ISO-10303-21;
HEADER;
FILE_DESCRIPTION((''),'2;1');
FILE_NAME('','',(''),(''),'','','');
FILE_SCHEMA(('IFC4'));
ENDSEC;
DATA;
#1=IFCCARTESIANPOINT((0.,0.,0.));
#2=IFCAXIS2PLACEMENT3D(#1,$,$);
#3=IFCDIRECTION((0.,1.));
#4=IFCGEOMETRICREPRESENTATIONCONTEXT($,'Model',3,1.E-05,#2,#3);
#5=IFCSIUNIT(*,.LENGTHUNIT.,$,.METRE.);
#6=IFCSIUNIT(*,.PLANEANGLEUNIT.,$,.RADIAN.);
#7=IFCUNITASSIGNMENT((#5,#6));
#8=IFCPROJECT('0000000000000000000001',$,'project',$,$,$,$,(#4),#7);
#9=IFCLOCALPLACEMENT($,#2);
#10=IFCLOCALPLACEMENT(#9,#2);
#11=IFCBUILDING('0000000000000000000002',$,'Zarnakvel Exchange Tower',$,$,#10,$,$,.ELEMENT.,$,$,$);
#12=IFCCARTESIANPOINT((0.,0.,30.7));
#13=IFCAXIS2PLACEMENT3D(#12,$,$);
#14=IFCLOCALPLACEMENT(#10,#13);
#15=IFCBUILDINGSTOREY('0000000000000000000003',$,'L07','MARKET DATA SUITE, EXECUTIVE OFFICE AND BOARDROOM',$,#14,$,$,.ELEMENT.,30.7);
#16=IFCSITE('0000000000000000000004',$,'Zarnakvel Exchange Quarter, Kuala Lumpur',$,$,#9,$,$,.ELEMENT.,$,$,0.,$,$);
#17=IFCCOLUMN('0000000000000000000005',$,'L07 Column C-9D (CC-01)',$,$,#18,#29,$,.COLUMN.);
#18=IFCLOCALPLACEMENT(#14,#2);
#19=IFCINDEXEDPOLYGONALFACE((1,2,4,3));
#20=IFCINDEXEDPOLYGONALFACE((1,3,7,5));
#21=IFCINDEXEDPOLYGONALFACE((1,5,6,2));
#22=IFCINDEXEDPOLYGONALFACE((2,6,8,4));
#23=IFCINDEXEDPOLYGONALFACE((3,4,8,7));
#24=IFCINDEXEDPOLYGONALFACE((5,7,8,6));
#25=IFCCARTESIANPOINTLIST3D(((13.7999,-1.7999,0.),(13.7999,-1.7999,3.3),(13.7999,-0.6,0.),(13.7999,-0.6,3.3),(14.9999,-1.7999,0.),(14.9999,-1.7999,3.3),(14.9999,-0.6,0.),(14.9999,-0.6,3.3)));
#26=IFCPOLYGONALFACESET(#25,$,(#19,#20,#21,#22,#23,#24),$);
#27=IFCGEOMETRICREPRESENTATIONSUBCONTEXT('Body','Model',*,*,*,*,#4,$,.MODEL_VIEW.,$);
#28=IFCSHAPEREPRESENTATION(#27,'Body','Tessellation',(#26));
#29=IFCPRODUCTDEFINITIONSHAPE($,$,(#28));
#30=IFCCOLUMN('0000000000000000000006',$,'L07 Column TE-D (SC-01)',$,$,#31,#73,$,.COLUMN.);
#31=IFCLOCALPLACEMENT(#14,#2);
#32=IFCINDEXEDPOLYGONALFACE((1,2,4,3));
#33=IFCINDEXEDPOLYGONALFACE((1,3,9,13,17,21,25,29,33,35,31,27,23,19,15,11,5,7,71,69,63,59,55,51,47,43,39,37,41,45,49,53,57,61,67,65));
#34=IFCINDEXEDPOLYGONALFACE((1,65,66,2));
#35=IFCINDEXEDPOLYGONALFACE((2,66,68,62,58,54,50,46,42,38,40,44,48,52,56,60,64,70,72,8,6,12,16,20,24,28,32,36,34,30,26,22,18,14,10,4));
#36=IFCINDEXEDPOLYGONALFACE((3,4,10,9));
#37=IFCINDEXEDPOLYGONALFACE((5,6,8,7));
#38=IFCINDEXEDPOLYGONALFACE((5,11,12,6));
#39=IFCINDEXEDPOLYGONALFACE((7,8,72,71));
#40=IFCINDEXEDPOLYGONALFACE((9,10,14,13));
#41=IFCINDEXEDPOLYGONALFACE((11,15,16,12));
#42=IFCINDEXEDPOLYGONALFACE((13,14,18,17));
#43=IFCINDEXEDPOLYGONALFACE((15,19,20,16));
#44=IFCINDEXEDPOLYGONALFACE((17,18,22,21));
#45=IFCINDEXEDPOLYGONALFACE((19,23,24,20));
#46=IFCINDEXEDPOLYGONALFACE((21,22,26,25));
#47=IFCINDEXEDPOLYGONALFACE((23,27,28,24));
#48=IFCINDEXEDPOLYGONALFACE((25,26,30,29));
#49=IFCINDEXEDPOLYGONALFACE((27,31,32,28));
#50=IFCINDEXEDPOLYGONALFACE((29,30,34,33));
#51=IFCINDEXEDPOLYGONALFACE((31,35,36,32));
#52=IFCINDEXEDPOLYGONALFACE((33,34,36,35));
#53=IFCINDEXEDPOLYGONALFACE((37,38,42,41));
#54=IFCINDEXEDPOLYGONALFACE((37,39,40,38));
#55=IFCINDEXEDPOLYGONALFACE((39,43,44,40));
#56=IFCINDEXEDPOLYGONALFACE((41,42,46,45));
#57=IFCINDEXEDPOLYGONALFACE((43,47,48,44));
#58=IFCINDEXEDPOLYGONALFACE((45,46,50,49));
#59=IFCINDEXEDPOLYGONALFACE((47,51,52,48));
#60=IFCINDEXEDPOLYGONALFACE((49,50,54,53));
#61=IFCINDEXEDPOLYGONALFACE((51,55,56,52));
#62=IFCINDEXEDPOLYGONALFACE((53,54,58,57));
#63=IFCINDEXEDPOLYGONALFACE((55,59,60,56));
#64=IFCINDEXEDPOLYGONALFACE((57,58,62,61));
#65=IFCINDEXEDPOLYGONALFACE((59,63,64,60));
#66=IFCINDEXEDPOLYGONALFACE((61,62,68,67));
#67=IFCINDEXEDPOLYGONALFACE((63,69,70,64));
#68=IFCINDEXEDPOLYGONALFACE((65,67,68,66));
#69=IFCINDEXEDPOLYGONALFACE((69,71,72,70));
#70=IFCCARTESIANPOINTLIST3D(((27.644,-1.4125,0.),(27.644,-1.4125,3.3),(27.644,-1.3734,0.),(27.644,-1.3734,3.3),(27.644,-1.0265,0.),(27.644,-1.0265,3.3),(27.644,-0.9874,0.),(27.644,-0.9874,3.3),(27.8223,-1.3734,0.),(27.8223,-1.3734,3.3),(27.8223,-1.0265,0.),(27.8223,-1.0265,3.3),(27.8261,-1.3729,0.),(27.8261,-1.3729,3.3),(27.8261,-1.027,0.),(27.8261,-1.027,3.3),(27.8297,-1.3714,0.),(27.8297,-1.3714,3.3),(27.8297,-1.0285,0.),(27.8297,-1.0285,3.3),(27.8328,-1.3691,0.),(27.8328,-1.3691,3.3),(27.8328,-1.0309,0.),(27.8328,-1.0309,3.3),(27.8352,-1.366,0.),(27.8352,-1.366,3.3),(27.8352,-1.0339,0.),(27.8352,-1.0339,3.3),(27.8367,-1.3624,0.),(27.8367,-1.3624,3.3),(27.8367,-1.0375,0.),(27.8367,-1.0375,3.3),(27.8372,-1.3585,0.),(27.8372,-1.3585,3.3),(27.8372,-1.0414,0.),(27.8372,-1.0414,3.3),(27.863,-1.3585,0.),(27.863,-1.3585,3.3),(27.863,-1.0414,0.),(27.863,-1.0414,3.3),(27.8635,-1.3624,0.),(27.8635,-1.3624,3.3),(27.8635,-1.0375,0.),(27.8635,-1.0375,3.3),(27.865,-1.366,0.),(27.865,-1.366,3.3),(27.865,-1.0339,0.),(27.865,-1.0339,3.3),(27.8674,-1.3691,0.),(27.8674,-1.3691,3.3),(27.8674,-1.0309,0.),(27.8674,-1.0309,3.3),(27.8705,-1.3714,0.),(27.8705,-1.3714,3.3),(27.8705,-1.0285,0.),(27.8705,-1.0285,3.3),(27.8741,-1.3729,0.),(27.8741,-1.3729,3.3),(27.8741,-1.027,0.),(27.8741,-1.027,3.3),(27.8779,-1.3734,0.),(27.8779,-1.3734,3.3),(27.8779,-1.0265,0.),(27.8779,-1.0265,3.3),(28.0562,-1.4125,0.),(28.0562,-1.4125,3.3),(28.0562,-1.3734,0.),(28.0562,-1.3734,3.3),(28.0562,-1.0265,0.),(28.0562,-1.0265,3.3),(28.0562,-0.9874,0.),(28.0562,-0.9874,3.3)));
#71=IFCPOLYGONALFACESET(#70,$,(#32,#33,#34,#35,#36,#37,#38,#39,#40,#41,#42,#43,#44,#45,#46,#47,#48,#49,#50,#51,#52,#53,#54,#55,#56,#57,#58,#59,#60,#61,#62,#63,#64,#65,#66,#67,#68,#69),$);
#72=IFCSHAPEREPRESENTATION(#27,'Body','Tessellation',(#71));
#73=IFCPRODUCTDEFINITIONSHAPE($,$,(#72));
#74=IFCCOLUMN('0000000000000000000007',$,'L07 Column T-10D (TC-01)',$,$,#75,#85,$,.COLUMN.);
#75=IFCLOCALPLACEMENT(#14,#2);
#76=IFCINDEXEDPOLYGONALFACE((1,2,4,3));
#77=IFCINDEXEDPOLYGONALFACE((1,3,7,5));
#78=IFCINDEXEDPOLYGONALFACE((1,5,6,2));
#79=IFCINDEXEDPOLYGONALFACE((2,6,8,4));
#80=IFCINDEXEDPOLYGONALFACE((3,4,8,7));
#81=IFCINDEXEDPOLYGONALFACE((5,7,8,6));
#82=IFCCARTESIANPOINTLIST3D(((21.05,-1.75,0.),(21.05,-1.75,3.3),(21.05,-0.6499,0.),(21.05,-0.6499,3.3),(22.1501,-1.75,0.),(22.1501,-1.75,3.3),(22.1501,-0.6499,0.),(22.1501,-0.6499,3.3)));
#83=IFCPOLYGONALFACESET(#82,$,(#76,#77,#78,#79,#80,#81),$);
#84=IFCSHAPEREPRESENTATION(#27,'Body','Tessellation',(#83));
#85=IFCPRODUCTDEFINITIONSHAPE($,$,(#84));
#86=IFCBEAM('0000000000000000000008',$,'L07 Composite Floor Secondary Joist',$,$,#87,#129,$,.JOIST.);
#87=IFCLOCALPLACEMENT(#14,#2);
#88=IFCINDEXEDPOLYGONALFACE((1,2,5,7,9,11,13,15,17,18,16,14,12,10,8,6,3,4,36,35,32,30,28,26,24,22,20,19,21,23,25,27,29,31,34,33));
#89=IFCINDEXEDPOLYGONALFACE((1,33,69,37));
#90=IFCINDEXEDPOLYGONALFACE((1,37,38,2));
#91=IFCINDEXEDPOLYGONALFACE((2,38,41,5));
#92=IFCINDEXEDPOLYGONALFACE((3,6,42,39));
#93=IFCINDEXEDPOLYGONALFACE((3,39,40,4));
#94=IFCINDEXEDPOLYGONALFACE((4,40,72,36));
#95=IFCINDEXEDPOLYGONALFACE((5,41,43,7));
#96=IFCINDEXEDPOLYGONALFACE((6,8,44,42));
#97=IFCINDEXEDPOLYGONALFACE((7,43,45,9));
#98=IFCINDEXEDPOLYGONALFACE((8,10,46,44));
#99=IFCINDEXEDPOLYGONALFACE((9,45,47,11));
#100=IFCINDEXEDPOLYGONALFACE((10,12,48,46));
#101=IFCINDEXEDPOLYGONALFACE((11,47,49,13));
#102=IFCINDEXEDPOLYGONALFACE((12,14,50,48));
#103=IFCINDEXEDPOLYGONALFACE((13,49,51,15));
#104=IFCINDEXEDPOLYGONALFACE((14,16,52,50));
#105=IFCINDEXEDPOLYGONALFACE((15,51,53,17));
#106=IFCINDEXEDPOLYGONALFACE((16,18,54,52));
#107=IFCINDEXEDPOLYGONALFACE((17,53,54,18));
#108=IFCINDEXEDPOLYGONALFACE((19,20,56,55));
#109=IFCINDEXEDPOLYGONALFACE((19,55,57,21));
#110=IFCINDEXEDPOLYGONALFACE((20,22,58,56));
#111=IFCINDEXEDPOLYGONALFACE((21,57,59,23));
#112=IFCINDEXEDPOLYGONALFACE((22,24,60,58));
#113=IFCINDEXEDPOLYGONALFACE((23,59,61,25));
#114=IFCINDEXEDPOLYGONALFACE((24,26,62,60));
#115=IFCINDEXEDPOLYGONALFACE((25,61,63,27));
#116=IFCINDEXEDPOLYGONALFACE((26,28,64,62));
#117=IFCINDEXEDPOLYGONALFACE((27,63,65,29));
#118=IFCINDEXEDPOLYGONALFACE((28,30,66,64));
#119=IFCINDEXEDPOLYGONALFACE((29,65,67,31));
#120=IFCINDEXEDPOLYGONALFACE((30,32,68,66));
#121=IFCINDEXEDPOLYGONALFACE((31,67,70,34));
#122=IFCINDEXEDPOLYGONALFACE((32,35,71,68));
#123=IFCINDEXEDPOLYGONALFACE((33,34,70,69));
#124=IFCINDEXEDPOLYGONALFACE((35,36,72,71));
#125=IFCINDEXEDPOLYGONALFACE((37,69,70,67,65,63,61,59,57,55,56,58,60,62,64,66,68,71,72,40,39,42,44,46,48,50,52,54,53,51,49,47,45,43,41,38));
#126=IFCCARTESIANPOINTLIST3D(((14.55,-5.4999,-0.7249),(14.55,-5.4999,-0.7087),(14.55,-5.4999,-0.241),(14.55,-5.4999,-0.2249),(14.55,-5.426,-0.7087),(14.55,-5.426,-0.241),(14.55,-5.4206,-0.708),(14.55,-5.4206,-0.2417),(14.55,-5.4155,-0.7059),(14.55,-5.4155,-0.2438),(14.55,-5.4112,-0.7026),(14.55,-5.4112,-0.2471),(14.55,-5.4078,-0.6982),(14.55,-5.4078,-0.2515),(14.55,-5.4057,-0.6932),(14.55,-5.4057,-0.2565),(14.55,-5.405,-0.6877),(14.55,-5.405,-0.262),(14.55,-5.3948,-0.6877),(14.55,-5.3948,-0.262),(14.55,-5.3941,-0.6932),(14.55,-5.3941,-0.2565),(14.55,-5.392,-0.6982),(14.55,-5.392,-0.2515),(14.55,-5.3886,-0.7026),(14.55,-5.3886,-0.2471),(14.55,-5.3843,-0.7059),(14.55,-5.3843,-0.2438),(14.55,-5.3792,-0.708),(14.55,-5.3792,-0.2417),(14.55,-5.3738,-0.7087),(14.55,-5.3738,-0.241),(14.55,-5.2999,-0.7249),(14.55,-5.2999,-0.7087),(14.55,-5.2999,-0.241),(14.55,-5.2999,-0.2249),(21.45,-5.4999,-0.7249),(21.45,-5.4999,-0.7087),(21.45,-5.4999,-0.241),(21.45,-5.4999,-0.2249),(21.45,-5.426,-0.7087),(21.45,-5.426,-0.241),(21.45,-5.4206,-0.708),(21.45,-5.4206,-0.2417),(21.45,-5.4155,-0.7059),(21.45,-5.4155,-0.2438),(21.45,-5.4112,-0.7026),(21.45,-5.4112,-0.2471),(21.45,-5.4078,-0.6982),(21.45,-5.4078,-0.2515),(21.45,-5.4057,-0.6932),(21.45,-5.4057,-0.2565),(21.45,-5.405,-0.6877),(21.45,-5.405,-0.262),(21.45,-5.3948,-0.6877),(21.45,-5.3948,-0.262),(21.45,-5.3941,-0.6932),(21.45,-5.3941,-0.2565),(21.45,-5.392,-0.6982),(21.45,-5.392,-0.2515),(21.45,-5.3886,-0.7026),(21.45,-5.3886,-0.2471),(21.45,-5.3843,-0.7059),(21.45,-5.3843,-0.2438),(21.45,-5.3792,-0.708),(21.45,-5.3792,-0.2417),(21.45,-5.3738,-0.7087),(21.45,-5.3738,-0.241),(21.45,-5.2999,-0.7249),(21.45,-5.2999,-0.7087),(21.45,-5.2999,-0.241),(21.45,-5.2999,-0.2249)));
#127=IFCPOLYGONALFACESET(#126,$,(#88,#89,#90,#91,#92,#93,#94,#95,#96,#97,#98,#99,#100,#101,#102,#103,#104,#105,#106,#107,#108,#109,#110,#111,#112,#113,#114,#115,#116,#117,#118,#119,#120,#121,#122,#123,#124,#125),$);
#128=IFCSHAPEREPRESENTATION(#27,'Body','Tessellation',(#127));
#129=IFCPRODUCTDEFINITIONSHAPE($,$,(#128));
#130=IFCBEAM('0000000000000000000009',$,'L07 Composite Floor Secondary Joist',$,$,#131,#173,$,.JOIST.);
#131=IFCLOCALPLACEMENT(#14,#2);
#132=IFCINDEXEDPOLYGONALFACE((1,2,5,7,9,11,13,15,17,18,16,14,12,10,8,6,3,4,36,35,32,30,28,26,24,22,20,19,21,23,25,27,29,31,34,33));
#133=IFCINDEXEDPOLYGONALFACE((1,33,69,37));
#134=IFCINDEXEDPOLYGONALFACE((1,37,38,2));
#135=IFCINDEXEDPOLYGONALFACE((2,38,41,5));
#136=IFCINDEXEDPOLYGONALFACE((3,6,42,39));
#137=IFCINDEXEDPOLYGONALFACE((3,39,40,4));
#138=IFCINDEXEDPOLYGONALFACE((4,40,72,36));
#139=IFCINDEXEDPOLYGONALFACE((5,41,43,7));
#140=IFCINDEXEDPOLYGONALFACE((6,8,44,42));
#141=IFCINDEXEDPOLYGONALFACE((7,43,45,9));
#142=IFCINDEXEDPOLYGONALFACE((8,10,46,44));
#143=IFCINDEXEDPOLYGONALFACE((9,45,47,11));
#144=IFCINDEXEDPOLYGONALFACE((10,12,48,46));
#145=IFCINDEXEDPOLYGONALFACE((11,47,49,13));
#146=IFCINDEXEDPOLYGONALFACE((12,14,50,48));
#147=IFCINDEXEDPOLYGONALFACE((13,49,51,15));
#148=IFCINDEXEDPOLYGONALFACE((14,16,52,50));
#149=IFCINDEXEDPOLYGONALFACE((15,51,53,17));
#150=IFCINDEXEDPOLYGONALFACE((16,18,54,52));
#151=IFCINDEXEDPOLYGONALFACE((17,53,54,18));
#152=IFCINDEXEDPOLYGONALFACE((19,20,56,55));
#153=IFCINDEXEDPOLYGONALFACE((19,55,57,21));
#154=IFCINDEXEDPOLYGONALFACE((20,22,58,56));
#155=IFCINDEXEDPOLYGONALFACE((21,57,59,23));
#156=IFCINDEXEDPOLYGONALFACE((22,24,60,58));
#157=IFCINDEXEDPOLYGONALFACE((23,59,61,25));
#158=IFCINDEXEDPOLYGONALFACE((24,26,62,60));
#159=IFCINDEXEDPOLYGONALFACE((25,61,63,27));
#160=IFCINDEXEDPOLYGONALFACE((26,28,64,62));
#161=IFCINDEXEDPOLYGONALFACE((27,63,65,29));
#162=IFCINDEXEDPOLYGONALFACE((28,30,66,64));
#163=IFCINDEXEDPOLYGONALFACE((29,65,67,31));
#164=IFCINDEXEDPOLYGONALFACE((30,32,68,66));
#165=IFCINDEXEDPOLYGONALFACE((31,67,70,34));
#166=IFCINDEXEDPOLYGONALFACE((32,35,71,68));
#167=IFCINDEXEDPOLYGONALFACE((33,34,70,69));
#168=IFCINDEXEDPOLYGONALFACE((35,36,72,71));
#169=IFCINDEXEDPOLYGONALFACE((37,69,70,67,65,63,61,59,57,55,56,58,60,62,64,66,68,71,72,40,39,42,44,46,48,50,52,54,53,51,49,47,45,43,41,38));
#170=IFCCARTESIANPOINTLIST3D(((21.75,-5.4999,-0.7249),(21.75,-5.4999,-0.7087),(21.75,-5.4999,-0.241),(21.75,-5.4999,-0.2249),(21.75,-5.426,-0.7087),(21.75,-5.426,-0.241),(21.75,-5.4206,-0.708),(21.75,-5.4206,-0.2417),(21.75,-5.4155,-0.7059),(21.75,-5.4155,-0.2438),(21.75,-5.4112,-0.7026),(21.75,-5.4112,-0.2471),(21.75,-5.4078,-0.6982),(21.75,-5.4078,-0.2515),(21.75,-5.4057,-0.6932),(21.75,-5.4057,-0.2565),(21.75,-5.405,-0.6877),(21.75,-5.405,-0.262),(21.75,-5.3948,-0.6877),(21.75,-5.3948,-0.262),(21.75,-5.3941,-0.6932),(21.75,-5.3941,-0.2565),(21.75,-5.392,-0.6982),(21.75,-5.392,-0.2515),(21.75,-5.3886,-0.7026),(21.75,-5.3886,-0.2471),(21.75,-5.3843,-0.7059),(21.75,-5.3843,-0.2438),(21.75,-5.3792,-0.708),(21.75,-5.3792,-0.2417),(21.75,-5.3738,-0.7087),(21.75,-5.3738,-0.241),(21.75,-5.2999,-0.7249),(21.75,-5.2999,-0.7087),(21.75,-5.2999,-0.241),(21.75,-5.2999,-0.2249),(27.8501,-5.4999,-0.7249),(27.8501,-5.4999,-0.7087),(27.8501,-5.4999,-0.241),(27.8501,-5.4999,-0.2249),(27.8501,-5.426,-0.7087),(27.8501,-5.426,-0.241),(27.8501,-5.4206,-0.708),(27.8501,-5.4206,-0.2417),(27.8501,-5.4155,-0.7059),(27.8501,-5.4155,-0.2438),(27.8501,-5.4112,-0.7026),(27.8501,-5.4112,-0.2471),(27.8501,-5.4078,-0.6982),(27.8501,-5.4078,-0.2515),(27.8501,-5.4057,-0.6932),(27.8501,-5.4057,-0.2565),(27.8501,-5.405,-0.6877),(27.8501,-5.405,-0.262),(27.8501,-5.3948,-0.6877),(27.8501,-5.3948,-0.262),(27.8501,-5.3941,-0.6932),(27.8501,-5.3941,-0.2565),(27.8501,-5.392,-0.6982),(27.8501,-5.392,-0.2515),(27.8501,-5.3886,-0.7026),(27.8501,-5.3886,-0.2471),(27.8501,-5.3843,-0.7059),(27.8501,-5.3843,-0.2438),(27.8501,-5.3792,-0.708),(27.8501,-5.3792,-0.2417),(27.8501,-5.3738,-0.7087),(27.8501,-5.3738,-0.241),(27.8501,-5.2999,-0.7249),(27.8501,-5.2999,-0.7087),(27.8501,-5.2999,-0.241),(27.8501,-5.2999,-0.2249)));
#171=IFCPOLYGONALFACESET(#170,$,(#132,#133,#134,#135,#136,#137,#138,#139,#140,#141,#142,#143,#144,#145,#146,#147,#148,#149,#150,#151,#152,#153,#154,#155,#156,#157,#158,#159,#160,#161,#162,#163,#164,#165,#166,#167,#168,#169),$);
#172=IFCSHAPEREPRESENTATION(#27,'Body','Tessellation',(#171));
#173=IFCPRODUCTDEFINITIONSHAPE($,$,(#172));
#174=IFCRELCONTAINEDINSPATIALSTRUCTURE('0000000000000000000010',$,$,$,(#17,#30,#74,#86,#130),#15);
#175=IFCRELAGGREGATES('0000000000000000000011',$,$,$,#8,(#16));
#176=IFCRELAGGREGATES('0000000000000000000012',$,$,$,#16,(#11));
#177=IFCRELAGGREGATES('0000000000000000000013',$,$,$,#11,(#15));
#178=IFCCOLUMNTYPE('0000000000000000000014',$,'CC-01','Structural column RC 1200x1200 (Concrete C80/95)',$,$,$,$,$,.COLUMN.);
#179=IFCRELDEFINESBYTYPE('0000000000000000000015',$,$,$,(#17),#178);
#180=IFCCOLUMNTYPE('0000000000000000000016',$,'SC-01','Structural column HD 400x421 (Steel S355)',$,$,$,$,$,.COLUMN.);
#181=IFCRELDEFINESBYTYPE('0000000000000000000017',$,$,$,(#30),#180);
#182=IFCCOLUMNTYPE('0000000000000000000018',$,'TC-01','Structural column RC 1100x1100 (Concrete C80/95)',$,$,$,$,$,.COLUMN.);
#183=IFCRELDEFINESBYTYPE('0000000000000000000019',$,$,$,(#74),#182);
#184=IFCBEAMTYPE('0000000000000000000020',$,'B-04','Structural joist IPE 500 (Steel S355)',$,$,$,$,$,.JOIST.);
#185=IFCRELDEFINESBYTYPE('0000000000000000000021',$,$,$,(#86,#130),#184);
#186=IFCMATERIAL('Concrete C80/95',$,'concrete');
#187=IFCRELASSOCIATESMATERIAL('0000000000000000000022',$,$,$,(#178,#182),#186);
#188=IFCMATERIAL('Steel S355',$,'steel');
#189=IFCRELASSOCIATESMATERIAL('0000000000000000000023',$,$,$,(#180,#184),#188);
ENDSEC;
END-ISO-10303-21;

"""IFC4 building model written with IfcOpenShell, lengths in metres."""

from ifc_helpers import new_model, si_unit, direction, frame, origin, origin_2d, place, context, subcontext, project, spatial, rectangle, i_section, extrude, material, material_profile, profile_set, type_object, element, save


model = new_model("IFC4")

# Units and contexts
model_context = context("Model", 3, precision=1e-05, world=origin(), true_north=direction((0.0, 1.0)))
body_context = subcontext(model_context, "Body", "Model", "MODEL_VIEW")
ifc_project = project(units=[si_unit("LENGTHUNIT", "METRE"), si_unit("PLANEANGLEUNIT", "RADIAN")], contexts=[model_context])

# Site, building, storey
site_placement = place(None, origin())
site = spatial("IfcSite", under=ifc_project, at=site_placement, Name="Zarnakvel Exchange Quarter, Kuala Lumpur", CompositionType="ELEMENT", RefElevation=0.0)
building_placement = place(site_placement, origin())
building = spatial("IfcBuilding", under=site, at=building_placement, Name="Zarnakvel Exchange Tower", CompositionType="ELEMENT")
storey_placement = place(building_placement, frame((0.0, 0.0, 30.7)))
storey = spatial("IfcBuildingStorey", under=building, at=storey_placement, Name="L07", Description="MARKET DATA SUITE, EXECUTIVE OFFICE AND BOARDROOM", CompositionType="ELEMENT", Elevation=30.7)

# Columns
ifc_material_1 = material(Name="Concrete C80/95", Category="concrete")
ifc_material_profile_1 = material_profile(ifc_material_1, rectangle(XDim=1.2, YDim=1.2, at=origin_2d()))
ifc_profile_set_1 = profile_set([ifc_material_profile_1], Name="Concrete C80/95")
column_type_1 = type_object("IfcColumnType", Name="CC-01", Description="Structural column RC 1200x1200 (Concrete C80/95)", PredefinedType="COLUMN", material=ifc_profile_set_1)
column_1_placement = place(storey_placement, frame((14.3999, -1.2, 0.0), z_axis=(0.0, 0.0, 1.0), x_axis=(1.0, 0.0, 0.0)))
element("IfcColumn", 1, at=column_1_placement, inside=storey, type_object=column_type_1, Name="L07 Column C-9D (CC-01)", PredefinedType="COLUMN", context=body_context, shape_type="SweptSolid", body=[
    extrude(rectangle(XDim=1.2, YDim=1.2, at=origin_2d()), origin(), (0.0, 0.0, 1.0), 3.3),
])
ifc_material_2 = material(Name="Steel S355", Category="steel")
ifc_material_profile_2 = material_profile(ifc_material_2, i_section(OverallWidth=0.4121, OverallDepth=0.425, WebThickness=0.0259, FlangeThickness=0.0391, FilletRadius=0.0149, at=origin_2d()))
ifc_profile_set_2 = profile_set([ifc_material_profile_2], Name="Steel S355")
column_type_2 = type_object("IfcColumnType", Name="SC-01", Description="Structural column HD 400x421 (Steel S355)", PredefinedType="COLUMN", material=ifc_profile_set_2)
column_2_placement = place(storey_placement, frame((27.8501, -1.2, 0.0), z_axis=(0.0, 0.0, 1.0), x_axis=(1.0, 0.0, 0.0)))
element("IfcColumn", 2, at=column_2_placement, inside=storey, type_object=column_type_2, Name="L07 Column TE-D (SC-01)", PredefinedType="COLUMN", context=body_context, shape_type="SweptSolid", body=[
    extrude(i_section(OverallWidth=0.4121, OverallDepth=0.425, WebThickness=0.0259, FlangeThickness=0.0391, FilletRadius=0.0149, at=origin_2d()), origin(), (0.0, 0.0, 1.0), 3.3),
])
ifc_material_profile_3 = material_profile(ifc_material_1, rectangle(XDim=1.1001, YDim=1.1001, at=origin_2d()))
ifc_profile_set_3 = profile_set([ifc_material_profile_3], Name="Concrete C80/95")
column_type_3 = type_object("IfcColumnType", Name="TC-01", Description="Structural column RC 1100x1100 (Concrete C80/95)", PredefinedType="COLUMN", material=ifc_profile_set_3)
column_3_placement = place(storey_placement, frame((21.6001, -1.2, 0.0), z_axis=(0.0, 0.0, 1.0), x_axis=(1.0, 0.0, 0.0)))
element("IfcColumn", 3, at=column_3_placement, inside=storey, type_object=column_type_3, Name="L07 Column T-10D (TC-01)", PredefinedType="COLUMN", context=body_context, shape_type="SweptSolid", body=[
    extrude(rectangle(XDim=1.1001, YDim=1.1001, at=origin_2d()), origin(), (0.0, 0.0, 1.0), 3.3),
])

# Beams
ifc_material_profile_4 = material_profile(ifc_material_2, i_section(OverallWidth=0.2, OverallDepth=0.5, WebThickness=0.0103, FlangeThickness=0.0161, FilletRadius=0.021, at=origin_2d()))
ifc_profile_set_4 = profile_set([ifc_material_profile_4], Name="Steel S355")
beam_type_1 = type_object("IfcBeamType", Name="B-04", Description="Structural joist IPE 500 (Steel S355)", PredefinedType="JOIST", material=ifc_profile_set_4)
beam_1_placement = place(storey_placement, frame((14.55, -5.3999, -0.4749), z_axis=(1.0, 0.0, 0.0), x_axis=(0.0, 1.0, 0.0)))
element("IfcBeam", 4, at=beam_1_placement, inside=storey, type_object=beam_type_1, Name="L07 Composite Floor Secondary Joist", PredefinedType="JOIST", context=body_context, shape_type="SweptSolid", body=[
    extrude(i_section(OverallWidth=0.2, OverallDepth=0.5, WebThickness=0.0103, FlangeThickness=0.0161, FilletRadius=0.021, at=origin_2d()), origin(), (0.0, 0.0, 1.0), 6.8999),
])
beam_2_placement = place(storey_placement, frame((21.75, -5.3999, -0.4749), z_axis=(1.0, 0.0, 0.0), x_axis=(0.0, 1.0, 0.0)))
element("IfcBeam", 5, at=beam_2_placement, inside=storey, type_object=beam_type_1, Name="L07 Composite Floor Secondary Joist", PredefinedType="JOIST", context=body_context, shape_type="SweptSolid", body=[
    extrude(i_section(OverallWidth=0.2, OverallDepth=0.5, WebThickness=0.0103, FlangeThickness=0.0161, FilletRadius=0.021, at=origin_2d()), origin(), (0.0, 0.0, 1.0), 6.1001),
])

save(model, "model.ifc")
